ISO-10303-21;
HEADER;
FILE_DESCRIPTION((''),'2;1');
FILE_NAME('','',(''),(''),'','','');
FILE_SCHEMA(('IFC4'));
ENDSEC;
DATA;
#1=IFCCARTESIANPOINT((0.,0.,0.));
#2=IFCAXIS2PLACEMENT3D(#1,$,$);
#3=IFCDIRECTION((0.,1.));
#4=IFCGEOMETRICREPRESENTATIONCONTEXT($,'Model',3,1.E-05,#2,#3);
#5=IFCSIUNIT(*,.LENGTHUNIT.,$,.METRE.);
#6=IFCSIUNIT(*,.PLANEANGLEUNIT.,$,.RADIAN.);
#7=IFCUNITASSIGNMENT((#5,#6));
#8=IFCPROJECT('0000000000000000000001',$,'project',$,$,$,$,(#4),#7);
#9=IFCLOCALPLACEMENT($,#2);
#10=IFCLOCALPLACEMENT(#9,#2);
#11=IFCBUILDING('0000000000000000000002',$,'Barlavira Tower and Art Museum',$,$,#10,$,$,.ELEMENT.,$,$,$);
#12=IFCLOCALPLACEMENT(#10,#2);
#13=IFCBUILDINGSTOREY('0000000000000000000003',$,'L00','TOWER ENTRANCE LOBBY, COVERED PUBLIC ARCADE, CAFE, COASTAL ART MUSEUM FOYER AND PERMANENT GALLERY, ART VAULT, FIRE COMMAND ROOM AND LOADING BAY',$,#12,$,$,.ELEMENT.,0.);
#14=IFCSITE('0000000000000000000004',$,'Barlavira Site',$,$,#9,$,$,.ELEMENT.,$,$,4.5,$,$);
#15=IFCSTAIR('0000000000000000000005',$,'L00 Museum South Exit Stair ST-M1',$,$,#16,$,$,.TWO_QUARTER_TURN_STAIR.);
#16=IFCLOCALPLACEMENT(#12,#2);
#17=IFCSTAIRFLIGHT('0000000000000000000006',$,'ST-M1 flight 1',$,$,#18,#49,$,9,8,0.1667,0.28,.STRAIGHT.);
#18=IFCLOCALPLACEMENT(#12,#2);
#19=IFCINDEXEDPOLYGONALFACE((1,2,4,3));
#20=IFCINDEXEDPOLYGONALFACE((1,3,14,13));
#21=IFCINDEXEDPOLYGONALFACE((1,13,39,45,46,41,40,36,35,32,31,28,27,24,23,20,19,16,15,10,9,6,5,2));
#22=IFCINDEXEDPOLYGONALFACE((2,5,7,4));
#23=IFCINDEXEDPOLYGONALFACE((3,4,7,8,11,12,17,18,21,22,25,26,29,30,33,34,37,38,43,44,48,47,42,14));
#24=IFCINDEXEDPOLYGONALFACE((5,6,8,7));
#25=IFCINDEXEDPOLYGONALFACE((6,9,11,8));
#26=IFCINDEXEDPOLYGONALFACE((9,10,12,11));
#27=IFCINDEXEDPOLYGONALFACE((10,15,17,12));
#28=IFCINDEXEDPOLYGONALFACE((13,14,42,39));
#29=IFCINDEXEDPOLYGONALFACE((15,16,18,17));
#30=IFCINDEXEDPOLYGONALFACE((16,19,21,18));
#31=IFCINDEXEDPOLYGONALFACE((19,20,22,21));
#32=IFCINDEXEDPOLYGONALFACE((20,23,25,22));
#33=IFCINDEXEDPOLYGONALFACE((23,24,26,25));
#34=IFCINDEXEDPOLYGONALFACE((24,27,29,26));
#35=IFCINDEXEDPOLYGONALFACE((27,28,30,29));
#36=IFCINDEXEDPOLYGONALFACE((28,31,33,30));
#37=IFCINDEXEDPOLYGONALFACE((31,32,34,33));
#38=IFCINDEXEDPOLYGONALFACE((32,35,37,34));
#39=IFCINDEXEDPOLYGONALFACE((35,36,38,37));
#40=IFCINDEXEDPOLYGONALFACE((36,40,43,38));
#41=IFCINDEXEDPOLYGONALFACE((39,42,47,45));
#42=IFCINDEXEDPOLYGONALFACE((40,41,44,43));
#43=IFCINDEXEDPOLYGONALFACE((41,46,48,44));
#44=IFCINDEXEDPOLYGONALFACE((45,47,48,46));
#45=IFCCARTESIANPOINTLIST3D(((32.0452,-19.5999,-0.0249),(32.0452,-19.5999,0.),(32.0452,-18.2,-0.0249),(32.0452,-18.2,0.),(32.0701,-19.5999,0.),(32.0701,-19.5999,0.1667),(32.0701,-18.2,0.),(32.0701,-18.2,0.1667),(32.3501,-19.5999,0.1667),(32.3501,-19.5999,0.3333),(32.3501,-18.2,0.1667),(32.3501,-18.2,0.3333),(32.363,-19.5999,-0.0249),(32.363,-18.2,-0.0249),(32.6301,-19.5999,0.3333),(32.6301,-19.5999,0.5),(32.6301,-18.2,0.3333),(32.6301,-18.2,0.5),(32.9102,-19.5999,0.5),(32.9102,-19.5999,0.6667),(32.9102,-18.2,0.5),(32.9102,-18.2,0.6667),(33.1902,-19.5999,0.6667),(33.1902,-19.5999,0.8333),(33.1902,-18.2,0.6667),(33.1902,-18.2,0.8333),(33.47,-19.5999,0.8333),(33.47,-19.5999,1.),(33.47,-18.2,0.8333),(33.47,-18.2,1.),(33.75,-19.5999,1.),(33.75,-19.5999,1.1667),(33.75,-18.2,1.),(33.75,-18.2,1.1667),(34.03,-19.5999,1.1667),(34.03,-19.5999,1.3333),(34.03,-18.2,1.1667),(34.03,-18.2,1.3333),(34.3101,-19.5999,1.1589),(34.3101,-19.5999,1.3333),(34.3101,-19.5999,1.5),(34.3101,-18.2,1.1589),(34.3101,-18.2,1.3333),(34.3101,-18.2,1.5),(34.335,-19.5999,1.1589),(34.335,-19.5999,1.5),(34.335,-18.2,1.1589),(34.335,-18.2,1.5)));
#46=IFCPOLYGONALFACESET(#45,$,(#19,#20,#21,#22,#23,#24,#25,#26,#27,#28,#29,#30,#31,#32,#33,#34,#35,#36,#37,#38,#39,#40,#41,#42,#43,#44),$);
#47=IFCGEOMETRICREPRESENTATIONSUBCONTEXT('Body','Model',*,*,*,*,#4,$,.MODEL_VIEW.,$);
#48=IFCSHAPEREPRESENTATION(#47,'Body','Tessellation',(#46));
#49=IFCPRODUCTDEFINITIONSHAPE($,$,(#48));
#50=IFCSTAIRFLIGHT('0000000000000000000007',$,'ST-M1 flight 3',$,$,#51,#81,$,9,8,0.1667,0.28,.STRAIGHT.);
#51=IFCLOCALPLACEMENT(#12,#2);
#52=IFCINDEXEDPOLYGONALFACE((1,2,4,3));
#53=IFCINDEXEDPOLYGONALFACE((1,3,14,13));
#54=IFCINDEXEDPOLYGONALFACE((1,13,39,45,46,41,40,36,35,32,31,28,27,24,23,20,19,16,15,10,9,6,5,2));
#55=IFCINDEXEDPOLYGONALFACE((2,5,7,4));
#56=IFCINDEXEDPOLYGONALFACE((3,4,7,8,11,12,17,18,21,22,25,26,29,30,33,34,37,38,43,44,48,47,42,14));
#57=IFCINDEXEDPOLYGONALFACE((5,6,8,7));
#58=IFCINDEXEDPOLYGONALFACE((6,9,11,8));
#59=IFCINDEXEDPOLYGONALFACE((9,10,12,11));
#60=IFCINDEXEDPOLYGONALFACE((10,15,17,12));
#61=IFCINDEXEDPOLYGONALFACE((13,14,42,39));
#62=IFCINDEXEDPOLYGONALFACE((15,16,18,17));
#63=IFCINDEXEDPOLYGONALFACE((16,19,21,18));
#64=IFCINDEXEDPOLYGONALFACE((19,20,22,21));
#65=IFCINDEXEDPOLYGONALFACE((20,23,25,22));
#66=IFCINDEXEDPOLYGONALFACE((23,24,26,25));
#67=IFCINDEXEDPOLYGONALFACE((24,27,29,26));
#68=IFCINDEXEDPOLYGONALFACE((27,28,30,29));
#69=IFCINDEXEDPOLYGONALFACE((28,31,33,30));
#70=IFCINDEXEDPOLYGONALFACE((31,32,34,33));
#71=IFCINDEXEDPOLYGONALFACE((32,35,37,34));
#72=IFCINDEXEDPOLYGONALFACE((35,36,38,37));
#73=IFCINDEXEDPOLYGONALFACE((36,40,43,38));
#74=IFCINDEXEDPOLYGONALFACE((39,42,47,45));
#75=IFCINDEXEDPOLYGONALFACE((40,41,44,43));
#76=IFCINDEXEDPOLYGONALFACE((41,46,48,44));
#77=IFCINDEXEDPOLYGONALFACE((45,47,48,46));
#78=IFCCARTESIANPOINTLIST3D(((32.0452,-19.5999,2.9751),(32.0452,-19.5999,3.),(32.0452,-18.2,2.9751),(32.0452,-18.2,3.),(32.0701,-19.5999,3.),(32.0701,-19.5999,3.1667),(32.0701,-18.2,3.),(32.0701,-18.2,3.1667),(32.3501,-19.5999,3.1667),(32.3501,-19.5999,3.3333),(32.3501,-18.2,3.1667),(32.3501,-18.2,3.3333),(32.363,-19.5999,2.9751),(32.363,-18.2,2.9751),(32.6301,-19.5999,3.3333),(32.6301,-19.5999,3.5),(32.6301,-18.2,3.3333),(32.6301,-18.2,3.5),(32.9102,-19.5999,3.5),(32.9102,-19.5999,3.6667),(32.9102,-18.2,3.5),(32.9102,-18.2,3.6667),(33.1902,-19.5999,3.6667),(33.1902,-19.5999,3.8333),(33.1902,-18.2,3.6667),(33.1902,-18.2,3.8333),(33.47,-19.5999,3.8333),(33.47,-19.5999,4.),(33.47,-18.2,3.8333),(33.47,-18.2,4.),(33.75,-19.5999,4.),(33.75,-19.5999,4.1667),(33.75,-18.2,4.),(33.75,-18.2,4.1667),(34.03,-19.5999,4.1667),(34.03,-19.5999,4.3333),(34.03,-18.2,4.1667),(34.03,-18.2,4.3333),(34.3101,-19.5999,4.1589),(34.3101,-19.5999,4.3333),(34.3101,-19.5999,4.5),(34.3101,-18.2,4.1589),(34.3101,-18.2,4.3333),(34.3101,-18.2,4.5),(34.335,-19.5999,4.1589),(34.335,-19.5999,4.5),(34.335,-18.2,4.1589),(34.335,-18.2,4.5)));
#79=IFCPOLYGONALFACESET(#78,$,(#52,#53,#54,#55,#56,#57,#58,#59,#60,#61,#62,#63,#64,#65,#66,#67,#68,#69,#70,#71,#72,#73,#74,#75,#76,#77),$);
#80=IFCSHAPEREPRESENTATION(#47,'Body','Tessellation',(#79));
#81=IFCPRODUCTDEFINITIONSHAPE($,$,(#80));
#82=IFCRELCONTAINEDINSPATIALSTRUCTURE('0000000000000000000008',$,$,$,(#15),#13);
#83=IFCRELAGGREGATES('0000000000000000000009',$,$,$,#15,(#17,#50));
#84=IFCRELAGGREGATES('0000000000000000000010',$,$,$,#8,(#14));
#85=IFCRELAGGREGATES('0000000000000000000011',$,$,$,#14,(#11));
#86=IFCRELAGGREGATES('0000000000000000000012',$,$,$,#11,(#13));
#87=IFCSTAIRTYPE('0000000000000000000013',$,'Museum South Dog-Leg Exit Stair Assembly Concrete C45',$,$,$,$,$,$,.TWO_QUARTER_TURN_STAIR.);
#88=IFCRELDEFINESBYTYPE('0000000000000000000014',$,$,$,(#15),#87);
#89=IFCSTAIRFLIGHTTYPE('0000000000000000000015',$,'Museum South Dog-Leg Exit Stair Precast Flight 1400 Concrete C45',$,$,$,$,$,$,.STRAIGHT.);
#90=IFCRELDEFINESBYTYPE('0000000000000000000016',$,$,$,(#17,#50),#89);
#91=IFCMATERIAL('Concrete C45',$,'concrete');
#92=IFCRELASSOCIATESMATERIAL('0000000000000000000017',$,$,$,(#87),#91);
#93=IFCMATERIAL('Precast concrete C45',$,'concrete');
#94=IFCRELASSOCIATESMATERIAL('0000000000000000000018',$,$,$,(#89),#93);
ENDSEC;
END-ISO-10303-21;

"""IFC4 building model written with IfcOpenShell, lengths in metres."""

from ifc_helpers import new_model, si_unit, direction, frame, origin, place, context, subcontext, project, spatial, polyline, outline, extrude, material, type_object, element, aggregate, save


model = new_model("IFC4")

# Units and contexts
model_context = context("Model", 3, precision=1e-05, world=origin(), true_north=direction((0.0, 1.0)))
body_context = subcontext(model_context, "Body", "Model", "MODEL_VIEW")
ifc_project = project(units=[si_unit("LENGTHUNIT", "METRE"), si_unit("PLANEANGLEUNIT", "RADIAN")], contexts=[model_context])

# Site, building, storey
site_placement = place(None, origin())
site = spatial("IfcSite", under=ifc_project, at=site_placement, Name="Barlavira Site", CompositionType="ELEMENT", RefElevation=4.5)
building_placement = place(site_placement, origin())
building = spatial("IfcBuilding", under=site, at=building_placement, Name="Barlavira Tower and Art Museum", CompositionType="ELEMENT")
storey_placement = place(building_placement, origin())
storey = spatial("IfcBuildingStorey", under=building, at=storey_placement, Name="L00", Description="TOWER ENTRANCE LOBBY, COVERED PUBLIC ARCADE, CAFE, COASTAL ART MUSEUM FOYER AND PERMANENT GALLERY, ART VAULT, FIRE COMMAND ROOM AND LOADING BAY", CompositionType="ELEMENT", Elevation=0.0)

# Stair, stair flights
ifc_material_1 = material(Name="Concrete C45", Category="concrete")
stair_type = type_object("IfcStairType", Name="Museum South Dog-Leg Exit Stair Assembly Concrete C45", PredefinedType="TWO_QUARTER_TURN_STAIR", material=ifc_material_1)
stair_placement = place(storey_placement, origin())
stair = element("IfcStair", 1, at=stair_placement, inside=storey, type_object=stair_type, Name="L00 Museum South Exit Stair ST-M1", PredefinedType="TWO_QUARTER_TURN_STAIR")
ifc_material_2 = material(Name="Precast concrete C45", Category="concrete")
stair_flight_type = type_object("IfcStairFlightType", Name="Museum South Dog-Leg Exit Stair Precast Flight 1400 Concrete C45", PredefinedType="STRAIGHT", material=ifc_material_2)
stair_flight_1_placement = place(storey_placement, frame((32.0701, -18.8999, 0.0), z_axis=(0.0, 0.0, 1.0), x_axis=(1.0, 0.0, 0.0)))
stair_flight_1 = element("IfcStairFlight", 2, at=stair_flight_1_placement, type_object=stair_flight_type, Name="ST-M1 flight 1", NumberOfRisers=9, NumberOfTreads=8, PredefinedType="STRAIGHT", RiserHeight=0.1667, TreadLength=0.28, context=body_context, shape_type="SweptSolid", body=[
    extrude(outline(polyline([(-0.0249, 0.0), (0.0, 0.0), (0.0, 0.1667), (0.28, 0.1667), (0.28, 0.3333), (0.5601, 0.3333), (0.5601, 0.5), (0.8401, 0.5), (0.8401, 0.6667), (1.1201, 0.6667), (1.1201, 0.8333), (1.3999, 0.8333), (1.3999, 1.0), (1.6799, 1.0), (1.6799, 1.1667), (1.96, 1.1667), (1.96, 1.3333), (2.24, 1.3333), (2.24, 1.5), (2.2649, 1.5), (2.2649, 1.1589), (2.24, 1.1589), (0.293, -0.0249), (-0.0249, -0.0249), (-0.0249, 0.0)])), frame((0.0, 0.7, 0.0), z_axis=(0.0, -1.0, 0.0), x_axis=(1.0, 0.0, 0.0)), (0.0, 0.0, 1.0), 1.3999),
])
stair_flight_2_placement = place(storey_placement, frame((32.0701, -18.8999, 3.0), z_axis=(0.0, 0.0, 1.0), x_axis=(1.0, 0.0, 0.0)))
stair_flight_2 = element("IfcStairFlight", 3, at=stair_flight_2_placement, type_object=stair_flight_type, Name="ST-M1 flight 3", NumberOfRisers=9, NumberOfTreads=8, PredefinedType="STRAIGHT", RiserHeight=0.1667, TreadLength=0.28, context=body_context, shape_type="SweptSolid", body=[
    extrude(outline(polyline([(-0.0249, 0.0), (0.0, 0.0), (0.0, 0.1667), (0.28, 0.1667), (0.28, 0.3333), (0.5601, 0.3333), (0.5601, 0.5), (0.8401, 0.5), (0.8401, 0.6667), (1.1201, 0.6667), (1.1201, 0.8333), (1.3999, 0.8333), (1.3999, 1.0), (1.6799, 1.0), (1.6799, 1.1667), (1.96, 1.1667), (1.96, 1.3333), (2.24, 1.3333), (2.24, 1.5), (2.2649, 1.5), (2.2649, 1.1589), (2.24, 1.1589), (0.293, -0.0249), (-0.0249, -0.0249), (-0.0249, 0.0)])), frame((0.0, 0.7, 0.0), z_axis=(0.0, -1.0, 0.0), x_axis=(1.0, 0.0, 0.0)), (0.0, 0.0, 1.0), 1.3999),
])
aggregate(stair, [stair_flight_1, stair_flight_2])

save(model, "model.ifc")
